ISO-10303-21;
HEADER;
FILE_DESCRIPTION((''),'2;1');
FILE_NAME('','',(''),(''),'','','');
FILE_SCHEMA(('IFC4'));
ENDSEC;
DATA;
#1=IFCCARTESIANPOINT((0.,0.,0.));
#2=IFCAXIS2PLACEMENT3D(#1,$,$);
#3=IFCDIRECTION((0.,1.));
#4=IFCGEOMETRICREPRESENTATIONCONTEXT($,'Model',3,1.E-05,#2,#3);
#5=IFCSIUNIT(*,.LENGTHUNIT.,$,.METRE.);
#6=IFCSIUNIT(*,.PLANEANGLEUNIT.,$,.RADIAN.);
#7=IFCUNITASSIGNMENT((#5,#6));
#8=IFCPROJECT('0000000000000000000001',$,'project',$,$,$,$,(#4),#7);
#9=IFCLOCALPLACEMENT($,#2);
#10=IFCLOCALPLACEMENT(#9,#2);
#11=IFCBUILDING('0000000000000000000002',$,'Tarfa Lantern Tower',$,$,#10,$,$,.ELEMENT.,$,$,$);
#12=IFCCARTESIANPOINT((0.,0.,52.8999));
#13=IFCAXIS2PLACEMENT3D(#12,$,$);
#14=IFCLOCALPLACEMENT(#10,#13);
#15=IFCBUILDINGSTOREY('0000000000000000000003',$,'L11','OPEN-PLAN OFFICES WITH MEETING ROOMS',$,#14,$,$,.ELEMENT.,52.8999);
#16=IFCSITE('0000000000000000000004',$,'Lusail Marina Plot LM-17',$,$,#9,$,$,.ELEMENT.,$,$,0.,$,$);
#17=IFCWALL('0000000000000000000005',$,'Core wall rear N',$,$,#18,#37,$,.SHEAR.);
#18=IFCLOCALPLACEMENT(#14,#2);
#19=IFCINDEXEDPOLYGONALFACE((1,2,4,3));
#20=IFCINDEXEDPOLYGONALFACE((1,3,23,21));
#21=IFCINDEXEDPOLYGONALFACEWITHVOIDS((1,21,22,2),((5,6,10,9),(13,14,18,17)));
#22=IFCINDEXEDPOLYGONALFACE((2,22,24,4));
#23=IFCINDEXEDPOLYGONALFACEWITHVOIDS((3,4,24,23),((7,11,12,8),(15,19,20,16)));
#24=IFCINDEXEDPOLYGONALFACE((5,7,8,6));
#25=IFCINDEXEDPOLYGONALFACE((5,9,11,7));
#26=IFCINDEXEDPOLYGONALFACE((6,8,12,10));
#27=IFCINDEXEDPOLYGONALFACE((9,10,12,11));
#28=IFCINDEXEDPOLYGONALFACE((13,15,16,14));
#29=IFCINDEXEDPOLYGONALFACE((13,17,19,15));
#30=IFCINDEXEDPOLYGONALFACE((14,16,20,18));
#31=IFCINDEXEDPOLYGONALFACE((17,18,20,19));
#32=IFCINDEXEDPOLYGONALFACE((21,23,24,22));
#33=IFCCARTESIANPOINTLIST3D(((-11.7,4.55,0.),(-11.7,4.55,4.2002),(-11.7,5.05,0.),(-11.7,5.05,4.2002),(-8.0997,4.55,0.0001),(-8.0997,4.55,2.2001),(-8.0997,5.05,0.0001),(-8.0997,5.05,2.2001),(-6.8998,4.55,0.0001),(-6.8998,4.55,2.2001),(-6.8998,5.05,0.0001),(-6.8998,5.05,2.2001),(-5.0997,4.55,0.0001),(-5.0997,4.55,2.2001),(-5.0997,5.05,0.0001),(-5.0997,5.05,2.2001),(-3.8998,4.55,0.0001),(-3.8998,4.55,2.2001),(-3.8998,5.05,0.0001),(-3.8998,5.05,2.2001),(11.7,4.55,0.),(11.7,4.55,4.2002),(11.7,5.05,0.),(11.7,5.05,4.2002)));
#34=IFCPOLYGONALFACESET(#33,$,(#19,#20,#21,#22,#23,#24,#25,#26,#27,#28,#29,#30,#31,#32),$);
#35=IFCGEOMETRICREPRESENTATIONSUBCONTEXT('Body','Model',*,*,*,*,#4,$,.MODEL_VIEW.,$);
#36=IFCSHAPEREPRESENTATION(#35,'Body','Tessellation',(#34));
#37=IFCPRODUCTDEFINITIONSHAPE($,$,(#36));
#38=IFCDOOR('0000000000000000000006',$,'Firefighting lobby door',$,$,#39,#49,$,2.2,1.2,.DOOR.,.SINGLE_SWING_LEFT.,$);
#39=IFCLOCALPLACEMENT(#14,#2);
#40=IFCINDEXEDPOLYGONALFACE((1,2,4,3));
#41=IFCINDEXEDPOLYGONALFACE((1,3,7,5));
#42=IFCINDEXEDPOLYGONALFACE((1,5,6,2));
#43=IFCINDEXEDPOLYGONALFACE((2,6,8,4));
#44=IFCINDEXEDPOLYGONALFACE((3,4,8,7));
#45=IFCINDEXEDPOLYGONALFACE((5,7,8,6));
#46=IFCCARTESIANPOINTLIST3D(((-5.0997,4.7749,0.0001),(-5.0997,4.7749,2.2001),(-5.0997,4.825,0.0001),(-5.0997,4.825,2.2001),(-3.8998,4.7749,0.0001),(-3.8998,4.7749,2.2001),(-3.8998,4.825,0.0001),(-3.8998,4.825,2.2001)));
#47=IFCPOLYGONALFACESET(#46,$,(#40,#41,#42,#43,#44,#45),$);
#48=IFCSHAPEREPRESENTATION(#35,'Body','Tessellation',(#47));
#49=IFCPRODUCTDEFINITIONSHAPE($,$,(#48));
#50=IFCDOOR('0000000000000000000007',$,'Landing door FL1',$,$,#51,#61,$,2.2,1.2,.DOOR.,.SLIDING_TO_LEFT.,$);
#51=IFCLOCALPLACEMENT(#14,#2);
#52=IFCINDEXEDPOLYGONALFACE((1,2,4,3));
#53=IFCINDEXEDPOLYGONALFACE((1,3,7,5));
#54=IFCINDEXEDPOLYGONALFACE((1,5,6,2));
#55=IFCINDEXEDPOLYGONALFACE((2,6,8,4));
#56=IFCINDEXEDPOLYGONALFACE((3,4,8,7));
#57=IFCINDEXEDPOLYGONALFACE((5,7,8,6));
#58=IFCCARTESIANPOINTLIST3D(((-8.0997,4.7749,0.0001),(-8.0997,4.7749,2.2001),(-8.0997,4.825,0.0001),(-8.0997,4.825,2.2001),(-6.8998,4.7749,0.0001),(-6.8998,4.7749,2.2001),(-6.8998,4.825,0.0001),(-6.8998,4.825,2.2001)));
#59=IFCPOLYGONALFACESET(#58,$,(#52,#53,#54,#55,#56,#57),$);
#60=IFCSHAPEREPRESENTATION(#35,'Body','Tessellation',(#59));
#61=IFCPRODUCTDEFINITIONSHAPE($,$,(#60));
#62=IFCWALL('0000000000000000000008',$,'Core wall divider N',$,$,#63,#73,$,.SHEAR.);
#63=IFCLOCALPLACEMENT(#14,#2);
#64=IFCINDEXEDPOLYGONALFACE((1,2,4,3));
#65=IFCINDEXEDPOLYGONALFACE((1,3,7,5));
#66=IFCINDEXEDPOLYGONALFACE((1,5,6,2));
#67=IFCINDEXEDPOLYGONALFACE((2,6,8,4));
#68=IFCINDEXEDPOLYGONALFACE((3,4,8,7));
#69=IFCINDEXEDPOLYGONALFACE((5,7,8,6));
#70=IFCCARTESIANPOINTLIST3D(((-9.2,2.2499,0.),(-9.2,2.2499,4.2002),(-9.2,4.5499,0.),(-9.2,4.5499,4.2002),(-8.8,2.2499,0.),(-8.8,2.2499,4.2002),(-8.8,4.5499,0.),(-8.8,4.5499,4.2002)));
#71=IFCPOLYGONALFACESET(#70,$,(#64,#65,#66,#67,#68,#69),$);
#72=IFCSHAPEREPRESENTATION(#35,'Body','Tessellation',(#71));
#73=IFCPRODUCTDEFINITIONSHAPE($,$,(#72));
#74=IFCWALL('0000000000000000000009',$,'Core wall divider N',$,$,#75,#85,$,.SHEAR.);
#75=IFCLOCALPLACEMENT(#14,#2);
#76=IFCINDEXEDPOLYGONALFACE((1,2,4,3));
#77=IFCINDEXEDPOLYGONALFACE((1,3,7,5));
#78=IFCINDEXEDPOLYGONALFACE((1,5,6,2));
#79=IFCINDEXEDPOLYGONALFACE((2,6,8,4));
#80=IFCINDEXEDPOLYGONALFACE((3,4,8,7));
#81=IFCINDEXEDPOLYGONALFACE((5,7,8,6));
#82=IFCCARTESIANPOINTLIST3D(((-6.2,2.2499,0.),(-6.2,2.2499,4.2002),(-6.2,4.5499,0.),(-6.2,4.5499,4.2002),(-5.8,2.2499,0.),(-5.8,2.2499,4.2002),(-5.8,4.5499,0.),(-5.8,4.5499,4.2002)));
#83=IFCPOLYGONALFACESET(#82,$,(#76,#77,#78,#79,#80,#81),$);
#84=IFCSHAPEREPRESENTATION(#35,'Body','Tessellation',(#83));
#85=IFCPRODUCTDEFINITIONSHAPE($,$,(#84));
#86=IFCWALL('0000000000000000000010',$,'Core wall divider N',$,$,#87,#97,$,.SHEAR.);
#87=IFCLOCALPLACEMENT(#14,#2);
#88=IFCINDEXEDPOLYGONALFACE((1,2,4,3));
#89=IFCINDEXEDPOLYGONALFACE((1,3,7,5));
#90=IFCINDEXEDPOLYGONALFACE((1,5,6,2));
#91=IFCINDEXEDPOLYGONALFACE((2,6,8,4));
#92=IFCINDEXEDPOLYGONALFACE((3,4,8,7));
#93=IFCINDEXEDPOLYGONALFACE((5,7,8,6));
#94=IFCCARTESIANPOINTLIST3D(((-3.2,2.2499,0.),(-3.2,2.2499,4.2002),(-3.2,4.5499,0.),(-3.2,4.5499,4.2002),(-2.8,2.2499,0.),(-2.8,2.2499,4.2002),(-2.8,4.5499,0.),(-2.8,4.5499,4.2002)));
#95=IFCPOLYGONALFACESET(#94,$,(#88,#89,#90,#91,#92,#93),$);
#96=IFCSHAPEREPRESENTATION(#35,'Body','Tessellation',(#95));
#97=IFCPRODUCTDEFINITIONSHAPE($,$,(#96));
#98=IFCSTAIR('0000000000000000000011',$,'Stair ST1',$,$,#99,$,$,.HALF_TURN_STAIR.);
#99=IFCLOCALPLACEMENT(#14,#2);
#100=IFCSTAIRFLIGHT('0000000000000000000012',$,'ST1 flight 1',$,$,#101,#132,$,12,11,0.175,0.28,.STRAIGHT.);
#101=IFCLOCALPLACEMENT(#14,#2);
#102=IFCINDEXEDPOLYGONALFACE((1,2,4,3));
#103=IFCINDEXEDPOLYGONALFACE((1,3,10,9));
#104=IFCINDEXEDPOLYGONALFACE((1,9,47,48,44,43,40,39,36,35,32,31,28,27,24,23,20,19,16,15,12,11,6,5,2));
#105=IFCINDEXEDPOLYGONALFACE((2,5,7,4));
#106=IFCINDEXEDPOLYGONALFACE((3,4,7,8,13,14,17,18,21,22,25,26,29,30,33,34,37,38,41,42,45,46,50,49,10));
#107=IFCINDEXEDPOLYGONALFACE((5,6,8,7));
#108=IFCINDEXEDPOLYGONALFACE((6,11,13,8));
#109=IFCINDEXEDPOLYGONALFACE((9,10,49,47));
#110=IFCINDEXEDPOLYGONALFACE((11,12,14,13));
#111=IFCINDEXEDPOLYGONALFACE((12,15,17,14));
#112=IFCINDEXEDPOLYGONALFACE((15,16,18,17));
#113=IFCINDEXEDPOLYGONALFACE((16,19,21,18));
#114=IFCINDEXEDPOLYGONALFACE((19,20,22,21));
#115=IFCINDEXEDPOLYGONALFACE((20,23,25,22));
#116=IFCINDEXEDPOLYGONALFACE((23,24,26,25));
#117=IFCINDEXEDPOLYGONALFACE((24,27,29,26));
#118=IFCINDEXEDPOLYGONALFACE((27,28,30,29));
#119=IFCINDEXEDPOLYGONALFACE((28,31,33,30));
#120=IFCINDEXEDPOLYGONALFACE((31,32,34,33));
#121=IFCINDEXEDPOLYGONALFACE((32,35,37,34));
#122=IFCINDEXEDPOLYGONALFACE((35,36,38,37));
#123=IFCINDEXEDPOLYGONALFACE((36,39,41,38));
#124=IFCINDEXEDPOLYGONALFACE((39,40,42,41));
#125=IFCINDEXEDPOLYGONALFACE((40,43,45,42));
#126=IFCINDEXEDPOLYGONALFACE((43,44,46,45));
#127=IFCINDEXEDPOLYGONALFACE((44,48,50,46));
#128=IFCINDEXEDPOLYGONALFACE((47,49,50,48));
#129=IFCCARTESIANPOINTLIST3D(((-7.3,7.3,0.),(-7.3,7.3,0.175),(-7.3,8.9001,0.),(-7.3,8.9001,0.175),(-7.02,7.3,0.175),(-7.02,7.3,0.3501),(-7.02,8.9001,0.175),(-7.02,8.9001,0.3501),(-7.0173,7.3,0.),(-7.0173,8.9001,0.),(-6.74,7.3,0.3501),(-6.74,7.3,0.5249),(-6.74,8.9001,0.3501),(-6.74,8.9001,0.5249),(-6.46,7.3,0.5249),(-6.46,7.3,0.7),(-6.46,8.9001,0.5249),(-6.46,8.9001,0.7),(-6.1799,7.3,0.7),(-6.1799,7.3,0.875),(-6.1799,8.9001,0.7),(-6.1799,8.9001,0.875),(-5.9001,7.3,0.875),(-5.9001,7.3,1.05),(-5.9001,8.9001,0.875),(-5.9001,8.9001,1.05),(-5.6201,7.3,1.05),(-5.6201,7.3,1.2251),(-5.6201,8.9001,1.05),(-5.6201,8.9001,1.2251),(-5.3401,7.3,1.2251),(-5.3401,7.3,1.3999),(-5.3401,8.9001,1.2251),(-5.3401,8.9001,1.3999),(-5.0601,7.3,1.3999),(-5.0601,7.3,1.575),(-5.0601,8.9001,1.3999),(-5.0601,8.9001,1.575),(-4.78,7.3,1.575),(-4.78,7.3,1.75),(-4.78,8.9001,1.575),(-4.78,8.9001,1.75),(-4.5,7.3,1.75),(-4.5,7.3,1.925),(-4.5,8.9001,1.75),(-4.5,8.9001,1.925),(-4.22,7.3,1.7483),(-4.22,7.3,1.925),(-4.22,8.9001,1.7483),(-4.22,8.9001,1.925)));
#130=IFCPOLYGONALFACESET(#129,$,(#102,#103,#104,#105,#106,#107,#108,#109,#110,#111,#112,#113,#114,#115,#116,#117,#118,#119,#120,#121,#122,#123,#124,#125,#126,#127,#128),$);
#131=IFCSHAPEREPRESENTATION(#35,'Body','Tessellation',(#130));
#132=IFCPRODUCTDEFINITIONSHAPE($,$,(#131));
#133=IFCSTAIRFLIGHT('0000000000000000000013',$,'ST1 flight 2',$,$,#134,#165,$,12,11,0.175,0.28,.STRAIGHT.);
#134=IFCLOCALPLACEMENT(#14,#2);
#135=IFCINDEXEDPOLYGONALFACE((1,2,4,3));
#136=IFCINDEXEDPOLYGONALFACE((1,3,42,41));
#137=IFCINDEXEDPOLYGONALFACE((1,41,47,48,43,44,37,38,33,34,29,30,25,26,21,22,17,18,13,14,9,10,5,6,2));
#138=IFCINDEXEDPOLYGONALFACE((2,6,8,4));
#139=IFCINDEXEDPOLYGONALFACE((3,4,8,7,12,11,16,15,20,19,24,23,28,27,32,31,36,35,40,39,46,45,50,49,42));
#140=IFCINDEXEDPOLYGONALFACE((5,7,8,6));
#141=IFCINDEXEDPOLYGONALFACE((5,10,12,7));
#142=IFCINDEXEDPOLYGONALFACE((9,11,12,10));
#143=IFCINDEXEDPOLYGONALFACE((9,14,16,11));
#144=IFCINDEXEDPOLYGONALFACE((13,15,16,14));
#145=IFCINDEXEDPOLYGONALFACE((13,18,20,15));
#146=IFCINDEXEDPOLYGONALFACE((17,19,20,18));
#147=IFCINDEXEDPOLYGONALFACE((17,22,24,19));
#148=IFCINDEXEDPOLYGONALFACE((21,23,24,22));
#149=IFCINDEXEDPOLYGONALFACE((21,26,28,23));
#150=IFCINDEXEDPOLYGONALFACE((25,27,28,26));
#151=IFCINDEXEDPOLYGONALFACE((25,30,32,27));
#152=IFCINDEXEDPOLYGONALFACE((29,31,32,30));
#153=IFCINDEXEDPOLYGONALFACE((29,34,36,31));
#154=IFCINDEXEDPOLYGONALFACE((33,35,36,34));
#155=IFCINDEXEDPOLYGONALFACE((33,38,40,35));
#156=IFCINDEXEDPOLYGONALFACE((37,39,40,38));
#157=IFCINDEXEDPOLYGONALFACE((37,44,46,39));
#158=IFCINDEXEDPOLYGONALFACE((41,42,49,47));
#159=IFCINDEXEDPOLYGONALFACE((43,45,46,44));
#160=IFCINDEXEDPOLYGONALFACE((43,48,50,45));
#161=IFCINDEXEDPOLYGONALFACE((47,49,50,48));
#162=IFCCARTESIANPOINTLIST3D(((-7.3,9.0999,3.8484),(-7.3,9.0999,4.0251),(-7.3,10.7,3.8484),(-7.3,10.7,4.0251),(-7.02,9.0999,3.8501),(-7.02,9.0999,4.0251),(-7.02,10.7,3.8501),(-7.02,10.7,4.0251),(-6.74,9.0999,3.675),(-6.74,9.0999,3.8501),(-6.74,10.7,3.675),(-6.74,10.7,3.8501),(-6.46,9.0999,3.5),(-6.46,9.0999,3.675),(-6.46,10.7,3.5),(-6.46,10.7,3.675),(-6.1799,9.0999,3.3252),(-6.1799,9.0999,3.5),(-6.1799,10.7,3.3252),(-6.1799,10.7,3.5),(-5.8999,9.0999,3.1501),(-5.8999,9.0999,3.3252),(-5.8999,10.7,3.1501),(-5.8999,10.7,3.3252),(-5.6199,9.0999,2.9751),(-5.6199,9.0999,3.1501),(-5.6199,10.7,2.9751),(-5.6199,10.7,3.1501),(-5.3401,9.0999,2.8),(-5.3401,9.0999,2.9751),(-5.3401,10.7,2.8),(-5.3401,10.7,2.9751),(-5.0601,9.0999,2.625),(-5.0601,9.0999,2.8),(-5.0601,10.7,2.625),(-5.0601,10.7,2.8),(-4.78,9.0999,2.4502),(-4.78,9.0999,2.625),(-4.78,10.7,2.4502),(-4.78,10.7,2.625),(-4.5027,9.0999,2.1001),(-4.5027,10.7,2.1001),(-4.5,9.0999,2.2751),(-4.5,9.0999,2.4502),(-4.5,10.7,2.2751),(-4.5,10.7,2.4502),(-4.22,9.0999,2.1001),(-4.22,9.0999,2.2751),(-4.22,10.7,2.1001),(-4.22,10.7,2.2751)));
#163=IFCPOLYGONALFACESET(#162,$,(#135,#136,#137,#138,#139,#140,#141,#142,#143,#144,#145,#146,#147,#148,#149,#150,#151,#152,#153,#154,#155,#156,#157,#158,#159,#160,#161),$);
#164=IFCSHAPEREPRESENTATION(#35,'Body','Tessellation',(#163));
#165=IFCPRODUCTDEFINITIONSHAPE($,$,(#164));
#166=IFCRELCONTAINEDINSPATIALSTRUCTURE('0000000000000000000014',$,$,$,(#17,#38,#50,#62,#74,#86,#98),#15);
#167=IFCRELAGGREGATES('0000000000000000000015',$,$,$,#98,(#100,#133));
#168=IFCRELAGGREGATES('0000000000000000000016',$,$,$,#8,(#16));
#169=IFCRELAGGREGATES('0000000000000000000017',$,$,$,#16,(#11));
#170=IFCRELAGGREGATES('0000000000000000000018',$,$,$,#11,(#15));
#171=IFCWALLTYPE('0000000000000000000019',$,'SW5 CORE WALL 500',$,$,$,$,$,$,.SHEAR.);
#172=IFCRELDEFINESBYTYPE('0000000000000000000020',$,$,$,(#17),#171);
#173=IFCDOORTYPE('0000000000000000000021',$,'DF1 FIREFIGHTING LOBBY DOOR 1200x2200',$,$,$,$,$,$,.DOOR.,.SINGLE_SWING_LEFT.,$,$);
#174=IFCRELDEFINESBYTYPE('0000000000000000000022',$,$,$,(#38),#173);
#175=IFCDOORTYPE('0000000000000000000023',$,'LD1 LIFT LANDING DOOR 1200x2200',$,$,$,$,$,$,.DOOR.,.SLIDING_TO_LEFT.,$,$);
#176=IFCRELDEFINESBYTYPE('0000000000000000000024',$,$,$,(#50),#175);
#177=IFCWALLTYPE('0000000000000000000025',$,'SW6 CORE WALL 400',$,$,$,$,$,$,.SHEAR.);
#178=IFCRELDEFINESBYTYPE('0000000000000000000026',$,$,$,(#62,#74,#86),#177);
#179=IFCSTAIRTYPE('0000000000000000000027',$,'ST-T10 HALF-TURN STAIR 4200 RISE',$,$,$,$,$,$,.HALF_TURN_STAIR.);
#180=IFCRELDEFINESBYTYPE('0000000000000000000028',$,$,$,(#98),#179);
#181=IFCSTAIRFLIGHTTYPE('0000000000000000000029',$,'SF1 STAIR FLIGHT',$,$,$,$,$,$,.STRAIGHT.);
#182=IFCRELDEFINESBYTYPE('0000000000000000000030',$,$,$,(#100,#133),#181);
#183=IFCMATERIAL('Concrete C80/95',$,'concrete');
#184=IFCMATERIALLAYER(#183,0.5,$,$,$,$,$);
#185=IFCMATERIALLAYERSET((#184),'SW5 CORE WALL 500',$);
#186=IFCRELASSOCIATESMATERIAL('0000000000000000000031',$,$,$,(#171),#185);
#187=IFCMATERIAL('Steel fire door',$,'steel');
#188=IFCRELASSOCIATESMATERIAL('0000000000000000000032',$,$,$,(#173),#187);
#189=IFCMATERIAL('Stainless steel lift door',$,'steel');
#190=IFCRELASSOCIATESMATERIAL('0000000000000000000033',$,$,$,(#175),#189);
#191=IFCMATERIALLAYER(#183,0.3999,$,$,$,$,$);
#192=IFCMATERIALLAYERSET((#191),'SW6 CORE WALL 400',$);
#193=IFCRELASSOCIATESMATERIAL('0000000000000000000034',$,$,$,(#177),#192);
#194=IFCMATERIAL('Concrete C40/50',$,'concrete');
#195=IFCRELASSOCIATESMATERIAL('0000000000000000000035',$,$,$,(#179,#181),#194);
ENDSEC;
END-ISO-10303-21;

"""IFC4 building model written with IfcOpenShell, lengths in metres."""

from ifc_helpers import new_model, si_unit, direction, frame, frame_2d, origin, place, context, subcontext, project, spatial, polyline, rectangle, outline, extrude, material, layer, layer_set, type_object, element, fill, aggregate, save


model = new_model("IFC4")

# Units and contexts
model_context = context("Model", 3, precision=1e-05, world=origin(), true_north=direction((0.0, 1.0)))
body_context = subcontext(model_context, "Body", "Model", "MODEL_VIEW")
ifc_project = project(units=[si_unit("LENGTHUNIT", "METRE"), si_unit("PLANEANGLEUNIT", "RADIAN")], contexts=[model_context])

# Site, building, storey
site_placement = place(None, origin())
site = spatial("IfcSite", under=ifc_project, at=site_placement, Name="Lusail Marina Plot LM-17", CompositionType="ELEMENT", RefElevation=0.0)
building_placement = place(site_placement, origin())
building = spatial("IfcBuilding", under=site, at=building_placement, Name="Tarfa Lantern Tower", CompositionType="ELEMENT")
storey_placement = place(building_placement, frame((0.0, 0.0, 52.8999)))
storey = spatial("IfcBuildingStorey", under=building, at=storey_placement, Name="L11", Description="OPEN-PLAN OFFICES WITH MEETING ROOMS", CompositionType="ELEMENT", Elevation=52.8999)

# Shared definitions
ifc_material_1 = material(Name="Concrete C80/95", Category="concrete")

# Shared definitions
ifc_material_2 = material(Name="Steel fire door", Category="steel")

# Wall, openings, doors
ifc_layer_1 = layer(ifc_material_1, 0.5)
ifc_layer_set_1 = layer_set([ifc_layer_1], Name="SW5 CORE WALL 500")
wall_type_1 = type_object("IfcWallType", Name="SW5 CORE WALL 500", PredefinedType="SHEAR", material=ifc_layer_set_1)
ifc_material_3 = material(Name="Stainless steel lift door", Category="steel")
wall_1_placement = place(storey_placement, frame((-11.7, 4.8, 0.0), z_axis=(0.0, 0.0, 1.0), x_axis=(1.0, 0.0, 0.0)))
wall_1 = element("IfcWall", 1, at=wall_1_placement, inside=storey, type_object=wall_type_1, Name="Core wall rear N", PredefinedType="SHEAR", context=body_context, shape_type="SweptSolid", body=[
    extrude(rectangle(XDim=23.3999, YDim=0.5, at=frame_2d((11.7, 0.0))), origin(), (0.0, 0.0, 1.0), 4.2002),
])
opening_1_placement = place(wall_1_placement, frame((6.6001, 0.0, 0.0)))
opening_1 = element("IfcOpeningElement", 2, at=opening_1_placement, cuts=wall_1, PredefinedType="OPENING", context=body_context, shape_type="SweptSolid", body=[
    extrude(rectangle(XDim=1.2, YDim=2.2, at=frame_2d((0.6001, 1.1001))), frame((0.0, 0.26, 0.0), z_axis=(0.0, -1.0, 0.0), x_axis=(1.0, 0.0, 0.0)), (0.0, 0.0, 1.0), 0.52),
])
opening_2_placement = place(wall_1_placement, frame((3.6001, 0.0, 0.0)))
opening_2 = element("IfcOpeningElement", 3, at=opening_2_placement, cuts=wall_1, PredefinedType="OPENING", context=body_context, shape_type="SweptSolid", body=[
    extrude(rectangle(XDim=1.2, YDim=2.2, at=frame_2d((0.6001, 1.1001))), frame((0.0, 0.26, 0.0), z_axis=(0.0, -1.0, 0.0), x_axis=(1.0, 0.0, 0.0)), (0.0, 0.0, 1.0), 0.52),
])
door_type_1 = type_object("IfcDoorType", Name="DF1 FIREFIGHTING LOBBY DOOR 1200x2200", OperationType="SINGLE_SWING_LEFT", PredefinedType="DOOR", material=ifc_material_2)
door_1_placement = place(opening_1_placement, origin())
door_1 = element("IfcDoor", 4, at=door_1_placement, inside=storey, type_object=door_type_1, Name="Firefighting lobby door", OperationType="SINGLE_SWING_LEFT", OverallHeight=2.2, OverallWidth=1.2, PredefinedType="DOOR", context=body_context, shape_type="SweptSolid", body=[
    extrude(rectangle(XDim=1.2, YDim=2.2, at=frame_2d((0.6001, 1.1001))), frame((0.0, 0.0249, 0.0), z_axis=(0.0, -1.0, 0.0), x_axis=(1.0, 0.0, 0.0)), (0.0, 0.0, 1.0), 0.05),
])
fill(opening_1, door_1)
door_type_2 = type_object("IfcDoorType", Name="LD1 LIFT LANDING DOOR 1200x2200", OperationType="SLIDING_TO_LEFT", PredefinedType="DOOR", material=ifc_material_3)
door_2_placement = place(opening_2_placement, origin())
door_2 = element("IfcDoor", 5, at=door_2_placement, inside=storey, type_object=door_type_2, Name="Landing door FL1", OperationType="SLIDING_TO_LEFT", OverallHeight=2.2, OverallWidth=1.2, PredefinedType="DOOR", context=body_context, shape_type="SweptSolid", body=[
    extrude(rectangle(XDim=1.2, YDim=2.2, at=frame_2d((0.6001, 1.1001))), frame((0.0, 0.0249, 0.0), z_axis=(0.0, -1.0, 0.0), x_axis=(1.0, 0.0, 0.0)), (0.0, 0.0, 1.0), 0.05),
])
fill(opening_2, door_2)

# Walls
ifc_layer_2 = layer(ifc_material_1, 0.3999)
ifc_layer_set_2 = layer_set([ifc_layer_2], Name="SW6 CORE WALL 400")
wall_type_2 = type_object("IfcWallType", Name="SW6 CORE WALL 400", PredefinedType="SHEAR", material=ifc_layer_set_2)
for number, where, z_axis, x_axis, name in (
    (6, (-9.0, 2.25, 0.0), (0.0, 0.0, 1.0), (0.0, 1.0, 0.0), "Core wall divider N"),
    (7, (-6.0, 2.25, 0.0), (0.0, 0.0, 1.0), (0.0, 1.0, 0.0), "Core wall divider N"),
    (8, (-3.0, 2.25, 0.0), (0.0, 0.0, 1.0), (0.0, 1.0, 0.0), "Core wall divider N"),
):
    element("IfcWall", number, at=place(storey_placement, frame(where, z_axis=z_axis, x_axis=x_axis)), inside=storey, type_object=wall_type_2, Name=name, PredefinedType="SHEAR", context=body_context, shape_type="SweptSolid", body=[
        extrude(rectangle(XDim=2.3, YDim=0.3999, at=frame_2d((1.1499, 0.0))), origin(), (0.0, 0.0, 1.0), 4.2002),
    ])

# Stair, stair flights
ifc_material_4 = material(Name="Concrete C40/50", Category="concrete")
stair_type = type_object("IfcStairType", Name="ST-T10 HALF-TURN STAIR 4200 RISE", PredefinedType="HALF_TURN_STAIR", material=ifc_material_4)
stair_placement = place(storey_placement, origin())
stair = element("IfcStair", 9, at=stair_placement, inside=storey, type_object=stair_type, Name="Stair ST1", PredefinedType="HALF_TURN_STAIR")
stair_flight_type = type_object("IfcStairFlightType", Name="SF1 STAIR FLIGHT", PredefinedType="STRAIGHT", material=ifc_material_4)
stair_flight_1_placement = place(storey_placement, frame((-7.3, 8.1001, 0.0), z_axis=(0.0, 0.0, 1.0), x_axis=(1.0, 0.0, 0.0)))
stair_flight_1 = element("IfcStairFlight", 10, at=stair_flight_1_placement, type_object=stair_flight_type, Name="ST1 flight 1", NumberOfRisers=12, NumberOfTreads=11, PredefinedType="STRAIGHT", RiserHeight=0.175, TreadLength=0.28, context=body_context, shape_type="SweptSolid", body=[
    extrude(outline(polyline([(0.0, 0.0), (0.0, 0.175), (0.28, 0.175), (0.28, 0.3501), (0.5601, 0.3501), (0.5601, 0.5249), (0.8401, 0.5249), (0.8401, 0.7), (1.1201, 0.7), (1.1201, 0.875), (1.3999, 0.875), (1.3999, 1.05), (1.6799, 1.05), (1.6799, 1.2251), (1.96, 1.2251), (1.96, 1.3999), (2.24, 1.3999), (2.24, 1.575), (2.52, 1.575), (2.52, 1.75), (2.8, 1.75), (2.8, 1.925), (3.0801, 1.925), (3.0801, 2.1001), (3.0801, 1.7483), (0.2827, 0.0), (0.0, 0.0)])), frame((0.0, 0.8, 0.0), z_axis=(0.0, -1.0, 0.0), x_axis=(1.0, 0.0, 0.0)), (0.0, 0.0, 1.0), 1.6001),
])
stair_flight_2_placement = place(storey_placement, frame((-4.22, 9.8999, 2.1001), z_axis=(0.0, 0.0, 1.0), x_axis=(-1.0, 0.0, 0.0)))
stair_flight_2 = element("IfcStairFlight", 11, at=stair_flight_2_placement, type_object=stair_flight_type, Name="ST1 flight 2", NumberOfRisers=12, NumberOfTreads=11, PredefinedType="STRAIGHT", RiserHeight=0.175, TreadLength=0.28, context=body_context, shape_type="SweptSolid", body=[
    extrude(outline(polyline([(0.0, 0.0), (0.0, 0.175), (0.28, 0.175), (0.28, 0.3501), (0.5601, 0.3501), (0.5601, 0.5249), (0.8401, 0.5249), (0.8401, 0.7), (1.1201, 0.7), (1.1201, 0.875), (1.3999, 0.875), (1.3999, 1.05), (1.6799, 1.05), (1.6799, 1.2251), (1.96, 1.2251), (1.96, 1.3999), (2.24, 1.3999), (2.24, 1.575), (2.52, 1.575), (2.52, 1.75), (2.8, 1.75), (2.8, 1.925), (3.0801, 1.925), (3.0801, 2.1001), (3.0801, 1.7483), (0.2827, 0.0), (0.0, 0.0)])), frame((0.0, 0.8, 0.0), z_axis=(0.0, -1.0, 0.0), x_axis=(1.0, 0.0, 0.0)), (0.0, 0.0, 1.0), 1.6001),
])
aggregate(stair, [stair_flight_1, stair_flight_2])

save(model, "model.ifc")
